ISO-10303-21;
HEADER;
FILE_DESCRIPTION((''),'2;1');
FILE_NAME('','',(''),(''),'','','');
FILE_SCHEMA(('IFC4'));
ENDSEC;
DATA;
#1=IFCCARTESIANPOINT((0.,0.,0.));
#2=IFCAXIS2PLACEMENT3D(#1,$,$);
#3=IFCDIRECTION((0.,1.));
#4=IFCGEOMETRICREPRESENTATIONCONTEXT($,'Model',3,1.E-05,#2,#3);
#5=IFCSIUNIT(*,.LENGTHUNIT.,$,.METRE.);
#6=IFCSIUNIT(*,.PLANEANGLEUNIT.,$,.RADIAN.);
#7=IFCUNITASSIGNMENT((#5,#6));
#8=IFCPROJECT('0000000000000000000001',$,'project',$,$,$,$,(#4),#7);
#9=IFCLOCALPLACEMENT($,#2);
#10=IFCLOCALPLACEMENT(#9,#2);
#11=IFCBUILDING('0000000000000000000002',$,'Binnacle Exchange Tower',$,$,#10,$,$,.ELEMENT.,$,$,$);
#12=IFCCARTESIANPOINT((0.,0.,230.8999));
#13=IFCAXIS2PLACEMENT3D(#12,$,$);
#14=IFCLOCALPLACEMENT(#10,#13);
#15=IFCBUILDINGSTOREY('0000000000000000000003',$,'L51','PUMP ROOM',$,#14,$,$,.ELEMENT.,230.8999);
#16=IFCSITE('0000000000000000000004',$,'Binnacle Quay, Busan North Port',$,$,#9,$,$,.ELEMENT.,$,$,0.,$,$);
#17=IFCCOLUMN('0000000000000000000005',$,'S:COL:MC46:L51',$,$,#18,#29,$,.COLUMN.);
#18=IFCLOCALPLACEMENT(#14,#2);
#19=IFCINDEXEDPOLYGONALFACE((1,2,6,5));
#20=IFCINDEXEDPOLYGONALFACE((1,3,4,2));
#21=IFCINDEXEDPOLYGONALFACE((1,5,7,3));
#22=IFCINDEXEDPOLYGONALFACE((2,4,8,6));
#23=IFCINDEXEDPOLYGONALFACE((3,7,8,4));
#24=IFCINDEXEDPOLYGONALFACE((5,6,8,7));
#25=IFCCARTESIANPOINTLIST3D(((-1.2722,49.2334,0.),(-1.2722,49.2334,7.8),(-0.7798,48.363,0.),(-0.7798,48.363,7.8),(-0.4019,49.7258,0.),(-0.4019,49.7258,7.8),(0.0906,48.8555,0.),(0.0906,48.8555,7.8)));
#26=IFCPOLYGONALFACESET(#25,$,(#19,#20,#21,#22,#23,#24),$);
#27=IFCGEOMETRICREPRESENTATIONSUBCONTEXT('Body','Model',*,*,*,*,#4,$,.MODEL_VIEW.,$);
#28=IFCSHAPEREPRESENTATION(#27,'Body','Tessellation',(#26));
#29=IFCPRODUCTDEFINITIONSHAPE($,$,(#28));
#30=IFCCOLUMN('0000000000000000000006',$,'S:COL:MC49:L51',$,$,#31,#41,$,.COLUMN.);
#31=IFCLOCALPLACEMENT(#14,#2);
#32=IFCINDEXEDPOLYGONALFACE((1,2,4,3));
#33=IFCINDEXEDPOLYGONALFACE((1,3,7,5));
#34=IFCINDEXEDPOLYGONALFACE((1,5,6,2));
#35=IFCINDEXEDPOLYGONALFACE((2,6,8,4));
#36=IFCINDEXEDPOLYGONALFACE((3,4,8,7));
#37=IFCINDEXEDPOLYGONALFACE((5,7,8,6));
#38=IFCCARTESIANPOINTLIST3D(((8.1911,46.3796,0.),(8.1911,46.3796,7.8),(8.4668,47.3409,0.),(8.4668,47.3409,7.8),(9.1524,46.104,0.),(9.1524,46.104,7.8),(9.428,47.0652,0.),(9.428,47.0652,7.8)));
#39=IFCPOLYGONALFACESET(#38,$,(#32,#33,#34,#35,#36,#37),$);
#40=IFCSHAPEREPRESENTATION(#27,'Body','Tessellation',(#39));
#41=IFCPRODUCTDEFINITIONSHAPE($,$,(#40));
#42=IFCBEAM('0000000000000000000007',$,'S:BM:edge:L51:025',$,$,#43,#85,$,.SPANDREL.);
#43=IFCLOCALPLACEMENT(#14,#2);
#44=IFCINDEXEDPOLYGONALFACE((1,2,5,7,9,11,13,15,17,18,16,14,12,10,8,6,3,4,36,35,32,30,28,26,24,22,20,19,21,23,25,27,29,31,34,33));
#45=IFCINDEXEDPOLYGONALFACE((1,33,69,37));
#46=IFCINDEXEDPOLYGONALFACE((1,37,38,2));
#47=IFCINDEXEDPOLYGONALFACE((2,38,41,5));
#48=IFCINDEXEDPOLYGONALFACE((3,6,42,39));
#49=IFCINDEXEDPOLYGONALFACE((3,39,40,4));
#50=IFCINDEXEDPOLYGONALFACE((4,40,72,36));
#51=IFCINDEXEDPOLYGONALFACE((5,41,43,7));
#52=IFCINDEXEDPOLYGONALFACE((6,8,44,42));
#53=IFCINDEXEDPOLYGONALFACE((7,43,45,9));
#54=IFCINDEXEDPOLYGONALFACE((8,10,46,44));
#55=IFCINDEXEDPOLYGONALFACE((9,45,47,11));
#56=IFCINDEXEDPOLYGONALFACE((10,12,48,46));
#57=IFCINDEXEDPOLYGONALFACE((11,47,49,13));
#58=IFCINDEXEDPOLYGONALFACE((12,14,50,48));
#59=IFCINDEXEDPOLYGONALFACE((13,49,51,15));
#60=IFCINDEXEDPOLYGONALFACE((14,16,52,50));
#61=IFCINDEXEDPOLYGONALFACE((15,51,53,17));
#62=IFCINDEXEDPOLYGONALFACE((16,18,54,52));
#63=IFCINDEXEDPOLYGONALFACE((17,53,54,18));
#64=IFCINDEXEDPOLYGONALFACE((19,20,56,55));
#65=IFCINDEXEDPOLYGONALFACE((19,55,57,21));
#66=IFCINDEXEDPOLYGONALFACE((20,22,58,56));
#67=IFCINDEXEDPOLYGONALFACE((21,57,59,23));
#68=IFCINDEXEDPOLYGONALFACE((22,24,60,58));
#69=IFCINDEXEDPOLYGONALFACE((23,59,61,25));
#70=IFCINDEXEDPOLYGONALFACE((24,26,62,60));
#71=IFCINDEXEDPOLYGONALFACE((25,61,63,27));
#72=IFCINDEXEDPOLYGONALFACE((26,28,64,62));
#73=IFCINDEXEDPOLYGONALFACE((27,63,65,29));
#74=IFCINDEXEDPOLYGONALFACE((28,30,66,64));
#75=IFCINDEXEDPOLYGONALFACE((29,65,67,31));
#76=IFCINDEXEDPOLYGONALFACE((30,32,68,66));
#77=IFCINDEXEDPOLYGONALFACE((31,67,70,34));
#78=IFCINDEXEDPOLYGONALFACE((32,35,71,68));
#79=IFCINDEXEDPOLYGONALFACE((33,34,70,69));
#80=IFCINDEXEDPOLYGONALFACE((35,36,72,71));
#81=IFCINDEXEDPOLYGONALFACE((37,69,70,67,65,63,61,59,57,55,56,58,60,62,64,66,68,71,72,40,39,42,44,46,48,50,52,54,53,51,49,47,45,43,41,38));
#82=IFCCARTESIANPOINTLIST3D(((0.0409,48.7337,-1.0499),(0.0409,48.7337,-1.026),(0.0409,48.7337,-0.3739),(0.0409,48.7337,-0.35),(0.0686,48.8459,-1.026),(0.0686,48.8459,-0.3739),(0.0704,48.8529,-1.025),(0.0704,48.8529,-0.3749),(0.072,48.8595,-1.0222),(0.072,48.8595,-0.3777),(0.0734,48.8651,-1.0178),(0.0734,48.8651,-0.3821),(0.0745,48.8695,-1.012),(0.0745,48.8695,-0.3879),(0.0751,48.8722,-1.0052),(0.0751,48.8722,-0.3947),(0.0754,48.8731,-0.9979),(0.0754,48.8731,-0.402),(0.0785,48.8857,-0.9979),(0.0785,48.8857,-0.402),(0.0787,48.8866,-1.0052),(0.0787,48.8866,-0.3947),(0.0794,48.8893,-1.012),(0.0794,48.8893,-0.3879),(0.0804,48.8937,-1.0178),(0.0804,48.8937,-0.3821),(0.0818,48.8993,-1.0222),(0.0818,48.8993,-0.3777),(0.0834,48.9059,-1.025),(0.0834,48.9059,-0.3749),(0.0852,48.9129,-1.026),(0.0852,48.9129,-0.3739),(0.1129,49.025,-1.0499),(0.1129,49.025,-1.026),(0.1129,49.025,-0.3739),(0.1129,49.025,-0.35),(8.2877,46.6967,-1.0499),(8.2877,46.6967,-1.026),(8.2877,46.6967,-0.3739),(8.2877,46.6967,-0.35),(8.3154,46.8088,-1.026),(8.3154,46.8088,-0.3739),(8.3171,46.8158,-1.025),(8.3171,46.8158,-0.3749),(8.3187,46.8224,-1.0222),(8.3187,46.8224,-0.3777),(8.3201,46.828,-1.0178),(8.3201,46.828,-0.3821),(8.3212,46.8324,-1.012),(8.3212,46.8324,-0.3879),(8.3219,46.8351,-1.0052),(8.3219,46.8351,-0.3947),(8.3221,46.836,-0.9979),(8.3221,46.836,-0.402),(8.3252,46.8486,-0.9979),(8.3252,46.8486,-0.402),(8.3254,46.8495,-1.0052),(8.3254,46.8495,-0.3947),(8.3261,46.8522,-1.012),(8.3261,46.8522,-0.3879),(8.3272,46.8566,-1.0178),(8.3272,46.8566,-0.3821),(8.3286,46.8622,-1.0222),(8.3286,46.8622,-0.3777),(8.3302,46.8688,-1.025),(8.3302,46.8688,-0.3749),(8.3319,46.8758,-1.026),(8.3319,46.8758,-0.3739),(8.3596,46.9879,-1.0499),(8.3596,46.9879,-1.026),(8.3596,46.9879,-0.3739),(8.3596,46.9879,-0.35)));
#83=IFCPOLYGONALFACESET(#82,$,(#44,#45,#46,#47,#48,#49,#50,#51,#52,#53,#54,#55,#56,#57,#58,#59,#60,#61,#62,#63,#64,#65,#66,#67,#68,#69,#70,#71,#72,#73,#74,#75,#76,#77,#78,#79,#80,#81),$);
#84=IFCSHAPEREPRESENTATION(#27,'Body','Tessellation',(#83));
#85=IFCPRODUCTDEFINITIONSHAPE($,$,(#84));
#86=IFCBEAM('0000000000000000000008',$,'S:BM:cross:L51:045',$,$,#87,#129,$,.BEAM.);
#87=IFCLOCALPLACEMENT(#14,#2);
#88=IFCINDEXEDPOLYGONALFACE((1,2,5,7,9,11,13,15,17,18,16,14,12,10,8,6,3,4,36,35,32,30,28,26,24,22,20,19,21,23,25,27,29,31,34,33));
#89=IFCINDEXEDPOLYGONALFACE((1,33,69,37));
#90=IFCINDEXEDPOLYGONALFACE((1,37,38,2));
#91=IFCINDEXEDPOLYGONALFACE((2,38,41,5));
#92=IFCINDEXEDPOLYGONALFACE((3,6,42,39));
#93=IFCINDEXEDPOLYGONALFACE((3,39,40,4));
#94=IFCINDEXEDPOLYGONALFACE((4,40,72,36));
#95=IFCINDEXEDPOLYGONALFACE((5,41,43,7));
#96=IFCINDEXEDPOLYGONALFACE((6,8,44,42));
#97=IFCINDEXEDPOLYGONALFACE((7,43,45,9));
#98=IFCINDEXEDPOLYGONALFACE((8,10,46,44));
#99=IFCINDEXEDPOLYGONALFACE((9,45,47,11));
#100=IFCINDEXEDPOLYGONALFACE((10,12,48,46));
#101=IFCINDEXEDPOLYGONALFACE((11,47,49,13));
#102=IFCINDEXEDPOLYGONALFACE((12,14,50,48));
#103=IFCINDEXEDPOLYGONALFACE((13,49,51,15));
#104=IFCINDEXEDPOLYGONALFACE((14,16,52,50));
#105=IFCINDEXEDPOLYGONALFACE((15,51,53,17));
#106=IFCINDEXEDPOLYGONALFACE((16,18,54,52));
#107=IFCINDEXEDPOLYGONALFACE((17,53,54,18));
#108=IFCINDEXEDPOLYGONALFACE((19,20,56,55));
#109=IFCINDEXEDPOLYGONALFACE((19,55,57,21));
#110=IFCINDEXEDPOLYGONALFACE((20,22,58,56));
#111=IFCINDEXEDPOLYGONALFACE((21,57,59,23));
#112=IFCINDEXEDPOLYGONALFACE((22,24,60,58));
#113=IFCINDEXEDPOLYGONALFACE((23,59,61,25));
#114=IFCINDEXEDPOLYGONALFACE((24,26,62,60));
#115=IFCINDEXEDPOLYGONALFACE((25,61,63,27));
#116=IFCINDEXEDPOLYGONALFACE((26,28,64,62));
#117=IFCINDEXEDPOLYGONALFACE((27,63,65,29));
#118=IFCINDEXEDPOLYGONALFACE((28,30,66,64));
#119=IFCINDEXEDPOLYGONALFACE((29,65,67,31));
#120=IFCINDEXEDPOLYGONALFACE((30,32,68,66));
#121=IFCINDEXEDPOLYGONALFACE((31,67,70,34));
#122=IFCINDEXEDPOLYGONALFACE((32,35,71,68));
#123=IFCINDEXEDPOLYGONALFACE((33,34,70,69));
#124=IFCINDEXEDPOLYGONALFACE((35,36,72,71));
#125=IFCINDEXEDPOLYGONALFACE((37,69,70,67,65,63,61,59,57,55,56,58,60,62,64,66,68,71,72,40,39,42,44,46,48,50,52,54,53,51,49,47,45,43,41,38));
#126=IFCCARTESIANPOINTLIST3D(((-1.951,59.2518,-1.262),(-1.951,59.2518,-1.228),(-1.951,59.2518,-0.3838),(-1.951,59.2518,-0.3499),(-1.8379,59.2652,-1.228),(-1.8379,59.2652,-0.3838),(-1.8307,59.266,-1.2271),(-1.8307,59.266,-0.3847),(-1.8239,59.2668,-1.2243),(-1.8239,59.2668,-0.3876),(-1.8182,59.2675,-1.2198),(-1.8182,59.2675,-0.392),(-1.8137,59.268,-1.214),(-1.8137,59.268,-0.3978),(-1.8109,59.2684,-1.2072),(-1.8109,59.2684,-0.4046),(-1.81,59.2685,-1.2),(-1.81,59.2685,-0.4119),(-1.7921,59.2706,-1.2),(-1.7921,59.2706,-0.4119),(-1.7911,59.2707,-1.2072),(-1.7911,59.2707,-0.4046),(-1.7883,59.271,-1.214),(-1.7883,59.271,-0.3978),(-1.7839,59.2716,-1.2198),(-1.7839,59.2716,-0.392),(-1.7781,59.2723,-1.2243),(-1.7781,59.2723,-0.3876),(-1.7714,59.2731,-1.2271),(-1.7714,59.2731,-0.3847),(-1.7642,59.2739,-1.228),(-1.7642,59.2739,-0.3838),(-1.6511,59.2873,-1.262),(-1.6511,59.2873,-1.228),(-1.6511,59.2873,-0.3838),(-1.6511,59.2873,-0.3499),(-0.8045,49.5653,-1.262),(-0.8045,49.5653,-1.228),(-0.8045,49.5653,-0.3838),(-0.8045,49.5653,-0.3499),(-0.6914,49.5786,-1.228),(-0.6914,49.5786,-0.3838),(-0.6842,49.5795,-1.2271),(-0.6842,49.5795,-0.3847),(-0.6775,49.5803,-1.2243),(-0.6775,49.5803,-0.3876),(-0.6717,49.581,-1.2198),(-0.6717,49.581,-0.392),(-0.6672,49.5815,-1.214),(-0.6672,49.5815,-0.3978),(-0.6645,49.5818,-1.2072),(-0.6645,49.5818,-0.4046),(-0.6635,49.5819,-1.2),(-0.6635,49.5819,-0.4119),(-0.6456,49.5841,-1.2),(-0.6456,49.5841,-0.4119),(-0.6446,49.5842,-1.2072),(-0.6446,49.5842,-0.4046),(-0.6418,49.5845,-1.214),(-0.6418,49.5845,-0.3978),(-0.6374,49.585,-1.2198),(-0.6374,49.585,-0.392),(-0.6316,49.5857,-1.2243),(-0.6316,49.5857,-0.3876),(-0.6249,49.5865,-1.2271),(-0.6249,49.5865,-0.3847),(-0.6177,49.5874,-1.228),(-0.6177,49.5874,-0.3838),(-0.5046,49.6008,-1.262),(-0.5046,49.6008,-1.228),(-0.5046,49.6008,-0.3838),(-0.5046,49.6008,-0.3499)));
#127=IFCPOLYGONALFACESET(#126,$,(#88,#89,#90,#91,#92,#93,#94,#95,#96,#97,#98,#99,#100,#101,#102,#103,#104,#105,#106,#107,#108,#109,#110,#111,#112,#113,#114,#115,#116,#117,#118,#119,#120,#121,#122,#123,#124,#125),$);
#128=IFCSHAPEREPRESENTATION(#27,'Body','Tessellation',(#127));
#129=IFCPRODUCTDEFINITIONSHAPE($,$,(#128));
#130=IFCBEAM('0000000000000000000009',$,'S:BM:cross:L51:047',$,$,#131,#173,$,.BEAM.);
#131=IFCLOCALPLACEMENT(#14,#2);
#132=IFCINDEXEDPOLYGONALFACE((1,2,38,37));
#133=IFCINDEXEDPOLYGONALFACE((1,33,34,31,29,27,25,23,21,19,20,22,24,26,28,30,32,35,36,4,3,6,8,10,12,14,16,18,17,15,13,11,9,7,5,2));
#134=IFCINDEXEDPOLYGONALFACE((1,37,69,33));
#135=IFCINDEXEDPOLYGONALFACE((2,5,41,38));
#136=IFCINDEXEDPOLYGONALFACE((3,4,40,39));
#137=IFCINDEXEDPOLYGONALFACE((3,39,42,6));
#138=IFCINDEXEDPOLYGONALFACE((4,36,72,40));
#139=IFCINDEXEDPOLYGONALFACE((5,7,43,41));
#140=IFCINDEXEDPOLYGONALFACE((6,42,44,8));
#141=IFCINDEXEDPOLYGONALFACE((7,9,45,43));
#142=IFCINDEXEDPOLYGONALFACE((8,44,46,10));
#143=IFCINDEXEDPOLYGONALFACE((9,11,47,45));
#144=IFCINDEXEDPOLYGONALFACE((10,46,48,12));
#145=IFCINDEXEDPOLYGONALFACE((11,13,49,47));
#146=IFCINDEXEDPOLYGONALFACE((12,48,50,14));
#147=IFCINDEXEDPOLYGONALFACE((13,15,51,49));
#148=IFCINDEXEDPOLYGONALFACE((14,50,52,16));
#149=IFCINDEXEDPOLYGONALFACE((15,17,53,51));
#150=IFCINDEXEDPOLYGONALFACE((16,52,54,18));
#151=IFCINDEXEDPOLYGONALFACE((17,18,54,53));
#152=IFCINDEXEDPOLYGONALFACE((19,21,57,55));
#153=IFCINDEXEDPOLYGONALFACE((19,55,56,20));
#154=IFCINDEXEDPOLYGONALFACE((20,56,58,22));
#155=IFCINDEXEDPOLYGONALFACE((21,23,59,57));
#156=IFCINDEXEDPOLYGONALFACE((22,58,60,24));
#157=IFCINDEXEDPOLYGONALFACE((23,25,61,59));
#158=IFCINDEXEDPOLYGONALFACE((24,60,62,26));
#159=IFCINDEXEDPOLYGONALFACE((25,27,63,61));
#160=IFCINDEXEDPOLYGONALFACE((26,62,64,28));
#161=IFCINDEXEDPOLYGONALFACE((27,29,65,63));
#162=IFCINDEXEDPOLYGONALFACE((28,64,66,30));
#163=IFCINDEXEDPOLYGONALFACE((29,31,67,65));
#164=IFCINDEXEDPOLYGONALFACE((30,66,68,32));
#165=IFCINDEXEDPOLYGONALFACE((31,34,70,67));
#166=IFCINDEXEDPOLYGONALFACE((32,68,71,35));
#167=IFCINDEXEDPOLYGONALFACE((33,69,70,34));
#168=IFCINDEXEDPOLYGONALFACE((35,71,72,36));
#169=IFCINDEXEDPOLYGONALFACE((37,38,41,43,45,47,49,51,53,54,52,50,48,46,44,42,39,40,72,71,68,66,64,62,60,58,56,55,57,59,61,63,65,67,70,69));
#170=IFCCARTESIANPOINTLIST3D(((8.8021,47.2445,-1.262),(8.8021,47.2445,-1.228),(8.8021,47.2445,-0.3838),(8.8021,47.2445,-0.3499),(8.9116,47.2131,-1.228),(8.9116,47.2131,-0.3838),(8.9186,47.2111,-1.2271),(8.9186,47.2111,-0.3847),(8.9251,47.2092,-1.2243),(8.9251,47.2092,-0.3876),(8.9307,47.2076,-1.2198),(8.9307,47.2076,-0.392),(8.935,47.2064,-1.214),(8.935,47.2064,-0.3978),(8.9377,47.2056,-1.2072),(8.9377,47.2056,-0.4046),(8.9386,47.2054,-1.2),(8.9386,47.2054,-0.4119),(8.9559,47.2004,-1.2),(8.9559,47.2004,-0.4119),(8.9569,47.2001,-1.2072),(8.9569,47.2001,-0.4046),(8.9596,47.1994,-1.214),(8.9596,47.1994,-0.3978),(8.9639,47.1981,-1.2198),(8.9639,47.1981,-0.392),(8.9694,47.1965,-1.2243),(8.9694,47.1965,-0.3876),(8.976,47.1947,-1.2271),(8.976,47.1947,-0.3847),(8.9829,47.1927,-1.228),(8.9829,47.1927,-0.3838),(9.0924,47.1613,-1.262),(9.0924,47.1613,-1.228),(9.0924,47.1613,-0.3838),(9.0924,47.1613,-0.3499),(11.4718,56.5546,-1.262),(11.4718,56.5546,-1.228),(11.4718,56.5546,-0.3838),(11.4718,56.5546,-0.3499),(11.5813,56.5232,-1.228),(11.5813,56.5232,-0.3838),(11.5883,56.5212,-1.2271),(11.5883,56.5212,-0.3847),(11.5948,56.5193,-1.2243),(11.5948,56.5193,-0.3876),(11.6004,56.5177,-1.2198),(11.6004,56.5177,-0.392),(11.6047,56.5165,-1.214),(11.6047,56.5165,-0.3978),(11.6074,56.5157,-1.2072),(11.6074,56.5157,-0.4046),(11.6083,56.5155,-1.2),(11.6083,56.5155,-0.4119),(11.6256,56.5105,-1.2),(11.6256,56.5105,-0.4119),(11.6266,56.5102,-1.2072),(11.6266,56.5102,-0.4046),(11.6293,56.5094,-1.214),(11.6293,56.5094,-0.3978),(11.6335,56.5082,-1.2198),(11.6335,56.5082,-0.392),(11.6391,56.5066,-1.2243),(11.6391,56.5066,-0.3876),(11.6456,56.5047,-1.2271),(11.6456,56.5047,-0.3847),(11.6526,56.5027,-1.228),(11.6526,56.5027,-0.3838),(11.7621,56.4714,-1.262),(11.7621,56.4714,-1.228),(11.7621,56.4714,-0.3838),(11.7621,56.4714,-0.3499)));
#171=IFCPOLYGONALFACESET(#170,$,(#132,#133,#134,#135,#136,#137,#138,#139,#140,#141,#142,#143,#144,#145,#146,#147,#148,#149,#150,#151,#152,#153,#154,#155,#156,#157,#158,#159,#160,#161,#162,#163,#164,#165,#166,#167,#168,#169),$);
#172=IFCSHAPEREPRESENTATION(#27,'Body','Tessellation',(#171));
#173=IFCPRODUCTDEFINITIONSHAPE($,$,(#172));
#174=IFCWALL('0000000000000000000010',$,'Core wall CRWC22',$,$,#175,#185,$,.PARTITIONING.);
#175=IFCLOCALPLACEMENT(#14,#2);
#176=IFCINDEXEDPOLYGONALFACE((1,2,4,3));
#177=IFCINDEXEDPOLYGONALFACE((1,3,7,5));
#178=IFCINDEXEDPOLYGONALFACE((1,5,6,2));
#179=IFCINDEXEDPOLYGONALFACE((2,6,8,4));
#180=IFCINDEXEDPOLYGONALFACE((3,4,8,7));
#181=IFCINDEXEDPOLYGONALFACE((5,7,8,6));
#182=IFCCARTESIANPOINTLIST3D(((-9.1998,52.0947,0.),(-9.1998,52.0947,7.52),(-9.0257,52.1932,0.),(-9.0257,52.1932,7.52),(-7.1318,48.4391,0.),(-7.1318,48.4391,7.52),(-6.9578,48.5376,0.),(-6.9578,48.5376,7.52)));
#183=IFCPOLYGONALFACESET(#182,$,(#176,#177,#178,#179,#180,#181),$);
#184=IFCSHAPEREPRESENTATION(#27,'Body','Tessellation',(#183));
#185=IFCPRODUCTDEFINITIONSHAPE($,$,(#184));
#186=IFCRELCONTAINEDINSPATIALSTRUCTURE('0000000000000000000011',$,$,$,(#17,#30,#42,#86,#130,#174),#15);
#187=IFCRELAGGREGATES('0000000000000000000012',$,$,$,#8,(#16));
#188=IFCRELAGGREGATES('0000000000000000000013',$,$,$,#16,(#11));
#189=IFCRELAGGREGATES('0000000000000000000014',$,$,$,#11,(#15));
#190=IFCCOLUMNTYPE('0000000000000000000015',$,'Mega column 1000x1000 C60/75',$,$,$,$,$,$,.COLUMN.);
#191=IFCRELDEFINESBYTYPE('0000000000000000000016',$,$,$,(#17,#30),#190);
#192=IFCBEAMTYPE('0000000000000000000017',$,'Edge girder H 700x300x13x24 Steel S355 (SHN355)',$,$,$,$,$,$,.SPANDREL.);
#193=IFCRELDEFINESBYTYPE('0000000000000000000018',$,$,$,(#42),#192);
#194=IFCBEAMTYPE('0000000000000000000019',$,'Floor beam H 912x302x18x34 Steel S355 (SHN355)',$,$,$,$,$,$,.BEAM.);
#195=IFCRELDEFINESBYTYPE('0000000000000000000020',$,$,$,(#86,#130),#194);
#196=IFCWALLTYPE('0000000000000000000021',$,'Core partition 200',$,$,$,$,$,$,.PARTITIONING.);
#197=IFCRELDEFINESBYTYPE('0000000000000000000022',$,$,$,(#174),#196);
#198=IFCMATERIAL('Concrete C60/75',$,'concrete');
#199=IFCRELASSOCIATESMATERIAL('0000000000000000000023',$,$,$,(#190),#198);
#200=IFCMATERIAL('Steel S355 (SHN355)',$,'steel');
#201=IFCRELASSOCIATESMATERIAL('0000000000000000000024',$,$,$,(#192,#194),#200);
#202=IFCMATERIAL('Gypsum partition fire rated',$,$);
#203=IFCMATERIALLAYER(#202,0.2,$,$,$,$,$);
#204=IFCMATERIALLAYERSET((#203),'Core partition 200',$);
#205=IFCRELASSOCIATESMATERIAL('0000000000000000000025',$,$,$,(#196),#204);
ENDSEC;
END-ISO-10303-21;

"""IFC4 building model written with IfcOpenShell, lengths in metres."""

from ifc_helpers import new_model, si_unit, direction, frame, frame_2d, origin, origin_2d, place, context, subcontext, project, spatial, rectangle, i_section, extrude, material, layer, layer_set, material_profile, profile_set, type_object, element, save


model = new_model("IFC4")

# Units and contexts
model_context = context("Model", 3, precision=1e-05, world=origin(), true_north=direction((0.0, 1.0)))
body_context = subcontext(model_context, "Body", "Model", "MODEL_VIEW")
ifc_project = project(units=[si_unit("LENGTHUNIT", "METRE"), si_unit("PLANEANGLEUNIT", "RADIAN")], contexts=[model_context])

# Site, building, storey
site_placement = place(None, origin())
site = spatial("IfcSite", under=ifc_project, at=site_placement, Name="Binnacle Quay, Busan North Port", CompositionType="ELEMENT", RefElevation=0.0)
building_placement = place(site_placement, origin())
building = spatial("IfcBuilding", under=site, at=building_placement, Name="Binnacle Exchange Tower", CompositionType="ELEMENT")
storey_placement = place(building_placement, frame((0.0, 0.0, 230.8999)))
storey = spatial("IfcBuildingStorey", under=building, at=storey_placement, Name="L51", Description="PUMP ROOM", CompositionType="ELEMENT", Elevation=230.8999)

# Columns
ifc_material_1 = material(Name="Concrete C60/75", Category="concrete")
ifc_material_profile_1 = material_profile(ifc_material_1, rectangle(XDim=1.0, YDim=1.0, at=origin_2d()), Name="Mega column 1000x1000 C60/75")
ifc_profile_set_1 = profile_set([ifc_material_profile_1], Name="Concrete C60/75")
column_type = type_object("IfcColumnType", Name="Mega column 1000x1000 C60/75", PredefinedType="COLUMN", material=ifc_profile_set_1)
for number, where, z_axis, x_axis, name in (
    (1, (-0.5908, 49.0444, 0.0), (0.0, 0.0, 1.0), (0.870356, 0.492424, 0.0), "S:COL:MC46:L51"),
    (2, (8.8096, 46.7224, 0.0), (0.0, 0.0, 1.0), (0.961262, -0.275637, 0.0), "S:COL:MC49:L51"),
):
    element("IfcColumn", number, at=place(storey_placement, frame(where, z_axis=z_axis, x_axis=x_axis)), inside=storey, type_object=column_type, Name=name, PredefinedType="COLUMN", context=body_context, shape_type="SweptSolid", body=[
        extrude(rectangle(XDim=1.0, YDim=1.0, at=origin_2d()), origin(), (0.0, 0.0, 1.0), 7.8),
    ])

# Beams
ifc_material_2 = material(Name="Steel S355 (SHN355)", Category="steel")
ifc_material_profile_2 = material_profile(ifc_material_2, i_section(OverallWidth=0.3, OverallDepth=0.7, WebThickness=0.0129, FlangeThickness=0.0239, FilletRadius=0.0281, at=origin_2d()), Name="H 700x300x13x24")
ifc_profile_set_2 = profile_set([ifc_material_profile_2], Name="Steel S355 (SHN355)")
beam_type_1 = type_object("IfcBeamType", Name="Edge girder H 700x300x13x24 Steel S355 (SHN355)", PredefinedType="SPANDREL", material=ifc_profile_set_2)
beam_1_placement = place(storey_placement, frame((0.0769, 48.8794, -0.7), z_axis=(0.97082, -0.239809, 0.0), x_axis=(0.239809, 0.97082, 0.0)))
element("IfcBeam", 3, at=beam_1_placement, inside=storey, type_object=beam_type_1, Name="S:BM:edge:L51:025", PredefinedType="SPANDREL", context=body_context, shape_type="SweptSolid", body=[
    extrude(i_section(OverallWidth=0.3, OverallDepth=0.7, WebThickness=0.0129, FlangeThickness=0.0239, FilletRadius=0.0281, at=origin_2d()), origin(), (0.0, 0.0, 1.0), 8.4946),
])
ifc_material_profile_3 = material_profile(ifc_material_2, i_section(OverallWidth=0.302, OverallDepth=0.9121, WebThickness=0.0181, FlangeThickness=0.0339, FilletRadius=0.0281, at=origin_2d()), Name="H 912x302x18x34")
ifc_profile_set_3 = profile_set([ifc_material_profile_3], Name="Steel S355 (SHN355)")
beam_type_2 = type_object("IfcBeamType", Name="Floor beam H 912x302x18x34 Steel S355 (SHN355)", PredefinedType="BEAM", material=ifc_profile_set_3)
beam_2_placement = place(storey_placement, frame((-0.6545, 49.583, -0.8059), z_axis=(-0.117538, 0.993068, 0.0), x_axis=(-0.993068, -0.117538, 0.0)))
element("IfcBeam", 4, at=beam_2_placement, inside=storey, type_object=beam_type_2, Name="S:BM:cross:L51:045", PredefinedType="BEAM", context=body_context, shape_type="SweptSolid", body=[
    extrude(i_section(OverallWidth=0.302, OverallDepth=0.9121, WebThickness=0.0181, FlangeThickness=0.0339, FilletRadius=0.0281, at=origin_2d()), origin(), (0.0, 0.0, 1.0), 9.7542),
])
beam_3_placement = place(storey_placement, frame((8.9473, 47.2029, -0.8059), z_axis=(0.275643, 0.96126, 0.0), x_axis=(-0.96126, 0.275643, 0.0)))
element("IfcBeam", 5, at=beam_3_placement, inside=storey, type_object=beam_type_2, Name="S:BM:cross:L51:047", PredefinedType="BEAM", context=body_context, shape_type="SweptSolid", body=[
    extrude(i_section(OverallWidth=0.302, OverallDepth=0.9121, WebThickness=0.0181, FlangeThickness=0.0339, FilletRadius=0.0281, at=origin_2d()), origin(), (0.0, 0.0, 1.0), 9.6853),
])

# Wall
ifc_material_3 = material(Name="Gypsum partition fire rated")
ifc_layer_1 = layer(ifc_material_3, 0.2)
ifc_layer_set_1 = layer_set([ifc_layer_1], Name="Core partition 200")
wall_type_1 = type_object("IfcWallType", Name="Core partition 200", PredefinedType="PARTITIONING", material=ifc_layer_set_1)
wall_1_placement = place(storey_placement, frame((-9.1128, 52.144, 0.0), z_axis=(0.0, 0.0, 1.0), x_axis=(0.492366, -0.870388, 0.0)))
element("IfcWall", 6, at=wall_1_placement, inside=storey, type_object=wall_type_1, Name="Core wall CRWC22", PredefinedType="PARTITIONING", context=body_context, shape_type="SweptSolid", body=[
    extrude(rectangle(XDim=4.2, YDim=0.2, at=frame_2d((2.1001, 0.0))), origin(), (0.0, 0.0, 1.0), 7.52),
])

save(model, "model.ifc")
